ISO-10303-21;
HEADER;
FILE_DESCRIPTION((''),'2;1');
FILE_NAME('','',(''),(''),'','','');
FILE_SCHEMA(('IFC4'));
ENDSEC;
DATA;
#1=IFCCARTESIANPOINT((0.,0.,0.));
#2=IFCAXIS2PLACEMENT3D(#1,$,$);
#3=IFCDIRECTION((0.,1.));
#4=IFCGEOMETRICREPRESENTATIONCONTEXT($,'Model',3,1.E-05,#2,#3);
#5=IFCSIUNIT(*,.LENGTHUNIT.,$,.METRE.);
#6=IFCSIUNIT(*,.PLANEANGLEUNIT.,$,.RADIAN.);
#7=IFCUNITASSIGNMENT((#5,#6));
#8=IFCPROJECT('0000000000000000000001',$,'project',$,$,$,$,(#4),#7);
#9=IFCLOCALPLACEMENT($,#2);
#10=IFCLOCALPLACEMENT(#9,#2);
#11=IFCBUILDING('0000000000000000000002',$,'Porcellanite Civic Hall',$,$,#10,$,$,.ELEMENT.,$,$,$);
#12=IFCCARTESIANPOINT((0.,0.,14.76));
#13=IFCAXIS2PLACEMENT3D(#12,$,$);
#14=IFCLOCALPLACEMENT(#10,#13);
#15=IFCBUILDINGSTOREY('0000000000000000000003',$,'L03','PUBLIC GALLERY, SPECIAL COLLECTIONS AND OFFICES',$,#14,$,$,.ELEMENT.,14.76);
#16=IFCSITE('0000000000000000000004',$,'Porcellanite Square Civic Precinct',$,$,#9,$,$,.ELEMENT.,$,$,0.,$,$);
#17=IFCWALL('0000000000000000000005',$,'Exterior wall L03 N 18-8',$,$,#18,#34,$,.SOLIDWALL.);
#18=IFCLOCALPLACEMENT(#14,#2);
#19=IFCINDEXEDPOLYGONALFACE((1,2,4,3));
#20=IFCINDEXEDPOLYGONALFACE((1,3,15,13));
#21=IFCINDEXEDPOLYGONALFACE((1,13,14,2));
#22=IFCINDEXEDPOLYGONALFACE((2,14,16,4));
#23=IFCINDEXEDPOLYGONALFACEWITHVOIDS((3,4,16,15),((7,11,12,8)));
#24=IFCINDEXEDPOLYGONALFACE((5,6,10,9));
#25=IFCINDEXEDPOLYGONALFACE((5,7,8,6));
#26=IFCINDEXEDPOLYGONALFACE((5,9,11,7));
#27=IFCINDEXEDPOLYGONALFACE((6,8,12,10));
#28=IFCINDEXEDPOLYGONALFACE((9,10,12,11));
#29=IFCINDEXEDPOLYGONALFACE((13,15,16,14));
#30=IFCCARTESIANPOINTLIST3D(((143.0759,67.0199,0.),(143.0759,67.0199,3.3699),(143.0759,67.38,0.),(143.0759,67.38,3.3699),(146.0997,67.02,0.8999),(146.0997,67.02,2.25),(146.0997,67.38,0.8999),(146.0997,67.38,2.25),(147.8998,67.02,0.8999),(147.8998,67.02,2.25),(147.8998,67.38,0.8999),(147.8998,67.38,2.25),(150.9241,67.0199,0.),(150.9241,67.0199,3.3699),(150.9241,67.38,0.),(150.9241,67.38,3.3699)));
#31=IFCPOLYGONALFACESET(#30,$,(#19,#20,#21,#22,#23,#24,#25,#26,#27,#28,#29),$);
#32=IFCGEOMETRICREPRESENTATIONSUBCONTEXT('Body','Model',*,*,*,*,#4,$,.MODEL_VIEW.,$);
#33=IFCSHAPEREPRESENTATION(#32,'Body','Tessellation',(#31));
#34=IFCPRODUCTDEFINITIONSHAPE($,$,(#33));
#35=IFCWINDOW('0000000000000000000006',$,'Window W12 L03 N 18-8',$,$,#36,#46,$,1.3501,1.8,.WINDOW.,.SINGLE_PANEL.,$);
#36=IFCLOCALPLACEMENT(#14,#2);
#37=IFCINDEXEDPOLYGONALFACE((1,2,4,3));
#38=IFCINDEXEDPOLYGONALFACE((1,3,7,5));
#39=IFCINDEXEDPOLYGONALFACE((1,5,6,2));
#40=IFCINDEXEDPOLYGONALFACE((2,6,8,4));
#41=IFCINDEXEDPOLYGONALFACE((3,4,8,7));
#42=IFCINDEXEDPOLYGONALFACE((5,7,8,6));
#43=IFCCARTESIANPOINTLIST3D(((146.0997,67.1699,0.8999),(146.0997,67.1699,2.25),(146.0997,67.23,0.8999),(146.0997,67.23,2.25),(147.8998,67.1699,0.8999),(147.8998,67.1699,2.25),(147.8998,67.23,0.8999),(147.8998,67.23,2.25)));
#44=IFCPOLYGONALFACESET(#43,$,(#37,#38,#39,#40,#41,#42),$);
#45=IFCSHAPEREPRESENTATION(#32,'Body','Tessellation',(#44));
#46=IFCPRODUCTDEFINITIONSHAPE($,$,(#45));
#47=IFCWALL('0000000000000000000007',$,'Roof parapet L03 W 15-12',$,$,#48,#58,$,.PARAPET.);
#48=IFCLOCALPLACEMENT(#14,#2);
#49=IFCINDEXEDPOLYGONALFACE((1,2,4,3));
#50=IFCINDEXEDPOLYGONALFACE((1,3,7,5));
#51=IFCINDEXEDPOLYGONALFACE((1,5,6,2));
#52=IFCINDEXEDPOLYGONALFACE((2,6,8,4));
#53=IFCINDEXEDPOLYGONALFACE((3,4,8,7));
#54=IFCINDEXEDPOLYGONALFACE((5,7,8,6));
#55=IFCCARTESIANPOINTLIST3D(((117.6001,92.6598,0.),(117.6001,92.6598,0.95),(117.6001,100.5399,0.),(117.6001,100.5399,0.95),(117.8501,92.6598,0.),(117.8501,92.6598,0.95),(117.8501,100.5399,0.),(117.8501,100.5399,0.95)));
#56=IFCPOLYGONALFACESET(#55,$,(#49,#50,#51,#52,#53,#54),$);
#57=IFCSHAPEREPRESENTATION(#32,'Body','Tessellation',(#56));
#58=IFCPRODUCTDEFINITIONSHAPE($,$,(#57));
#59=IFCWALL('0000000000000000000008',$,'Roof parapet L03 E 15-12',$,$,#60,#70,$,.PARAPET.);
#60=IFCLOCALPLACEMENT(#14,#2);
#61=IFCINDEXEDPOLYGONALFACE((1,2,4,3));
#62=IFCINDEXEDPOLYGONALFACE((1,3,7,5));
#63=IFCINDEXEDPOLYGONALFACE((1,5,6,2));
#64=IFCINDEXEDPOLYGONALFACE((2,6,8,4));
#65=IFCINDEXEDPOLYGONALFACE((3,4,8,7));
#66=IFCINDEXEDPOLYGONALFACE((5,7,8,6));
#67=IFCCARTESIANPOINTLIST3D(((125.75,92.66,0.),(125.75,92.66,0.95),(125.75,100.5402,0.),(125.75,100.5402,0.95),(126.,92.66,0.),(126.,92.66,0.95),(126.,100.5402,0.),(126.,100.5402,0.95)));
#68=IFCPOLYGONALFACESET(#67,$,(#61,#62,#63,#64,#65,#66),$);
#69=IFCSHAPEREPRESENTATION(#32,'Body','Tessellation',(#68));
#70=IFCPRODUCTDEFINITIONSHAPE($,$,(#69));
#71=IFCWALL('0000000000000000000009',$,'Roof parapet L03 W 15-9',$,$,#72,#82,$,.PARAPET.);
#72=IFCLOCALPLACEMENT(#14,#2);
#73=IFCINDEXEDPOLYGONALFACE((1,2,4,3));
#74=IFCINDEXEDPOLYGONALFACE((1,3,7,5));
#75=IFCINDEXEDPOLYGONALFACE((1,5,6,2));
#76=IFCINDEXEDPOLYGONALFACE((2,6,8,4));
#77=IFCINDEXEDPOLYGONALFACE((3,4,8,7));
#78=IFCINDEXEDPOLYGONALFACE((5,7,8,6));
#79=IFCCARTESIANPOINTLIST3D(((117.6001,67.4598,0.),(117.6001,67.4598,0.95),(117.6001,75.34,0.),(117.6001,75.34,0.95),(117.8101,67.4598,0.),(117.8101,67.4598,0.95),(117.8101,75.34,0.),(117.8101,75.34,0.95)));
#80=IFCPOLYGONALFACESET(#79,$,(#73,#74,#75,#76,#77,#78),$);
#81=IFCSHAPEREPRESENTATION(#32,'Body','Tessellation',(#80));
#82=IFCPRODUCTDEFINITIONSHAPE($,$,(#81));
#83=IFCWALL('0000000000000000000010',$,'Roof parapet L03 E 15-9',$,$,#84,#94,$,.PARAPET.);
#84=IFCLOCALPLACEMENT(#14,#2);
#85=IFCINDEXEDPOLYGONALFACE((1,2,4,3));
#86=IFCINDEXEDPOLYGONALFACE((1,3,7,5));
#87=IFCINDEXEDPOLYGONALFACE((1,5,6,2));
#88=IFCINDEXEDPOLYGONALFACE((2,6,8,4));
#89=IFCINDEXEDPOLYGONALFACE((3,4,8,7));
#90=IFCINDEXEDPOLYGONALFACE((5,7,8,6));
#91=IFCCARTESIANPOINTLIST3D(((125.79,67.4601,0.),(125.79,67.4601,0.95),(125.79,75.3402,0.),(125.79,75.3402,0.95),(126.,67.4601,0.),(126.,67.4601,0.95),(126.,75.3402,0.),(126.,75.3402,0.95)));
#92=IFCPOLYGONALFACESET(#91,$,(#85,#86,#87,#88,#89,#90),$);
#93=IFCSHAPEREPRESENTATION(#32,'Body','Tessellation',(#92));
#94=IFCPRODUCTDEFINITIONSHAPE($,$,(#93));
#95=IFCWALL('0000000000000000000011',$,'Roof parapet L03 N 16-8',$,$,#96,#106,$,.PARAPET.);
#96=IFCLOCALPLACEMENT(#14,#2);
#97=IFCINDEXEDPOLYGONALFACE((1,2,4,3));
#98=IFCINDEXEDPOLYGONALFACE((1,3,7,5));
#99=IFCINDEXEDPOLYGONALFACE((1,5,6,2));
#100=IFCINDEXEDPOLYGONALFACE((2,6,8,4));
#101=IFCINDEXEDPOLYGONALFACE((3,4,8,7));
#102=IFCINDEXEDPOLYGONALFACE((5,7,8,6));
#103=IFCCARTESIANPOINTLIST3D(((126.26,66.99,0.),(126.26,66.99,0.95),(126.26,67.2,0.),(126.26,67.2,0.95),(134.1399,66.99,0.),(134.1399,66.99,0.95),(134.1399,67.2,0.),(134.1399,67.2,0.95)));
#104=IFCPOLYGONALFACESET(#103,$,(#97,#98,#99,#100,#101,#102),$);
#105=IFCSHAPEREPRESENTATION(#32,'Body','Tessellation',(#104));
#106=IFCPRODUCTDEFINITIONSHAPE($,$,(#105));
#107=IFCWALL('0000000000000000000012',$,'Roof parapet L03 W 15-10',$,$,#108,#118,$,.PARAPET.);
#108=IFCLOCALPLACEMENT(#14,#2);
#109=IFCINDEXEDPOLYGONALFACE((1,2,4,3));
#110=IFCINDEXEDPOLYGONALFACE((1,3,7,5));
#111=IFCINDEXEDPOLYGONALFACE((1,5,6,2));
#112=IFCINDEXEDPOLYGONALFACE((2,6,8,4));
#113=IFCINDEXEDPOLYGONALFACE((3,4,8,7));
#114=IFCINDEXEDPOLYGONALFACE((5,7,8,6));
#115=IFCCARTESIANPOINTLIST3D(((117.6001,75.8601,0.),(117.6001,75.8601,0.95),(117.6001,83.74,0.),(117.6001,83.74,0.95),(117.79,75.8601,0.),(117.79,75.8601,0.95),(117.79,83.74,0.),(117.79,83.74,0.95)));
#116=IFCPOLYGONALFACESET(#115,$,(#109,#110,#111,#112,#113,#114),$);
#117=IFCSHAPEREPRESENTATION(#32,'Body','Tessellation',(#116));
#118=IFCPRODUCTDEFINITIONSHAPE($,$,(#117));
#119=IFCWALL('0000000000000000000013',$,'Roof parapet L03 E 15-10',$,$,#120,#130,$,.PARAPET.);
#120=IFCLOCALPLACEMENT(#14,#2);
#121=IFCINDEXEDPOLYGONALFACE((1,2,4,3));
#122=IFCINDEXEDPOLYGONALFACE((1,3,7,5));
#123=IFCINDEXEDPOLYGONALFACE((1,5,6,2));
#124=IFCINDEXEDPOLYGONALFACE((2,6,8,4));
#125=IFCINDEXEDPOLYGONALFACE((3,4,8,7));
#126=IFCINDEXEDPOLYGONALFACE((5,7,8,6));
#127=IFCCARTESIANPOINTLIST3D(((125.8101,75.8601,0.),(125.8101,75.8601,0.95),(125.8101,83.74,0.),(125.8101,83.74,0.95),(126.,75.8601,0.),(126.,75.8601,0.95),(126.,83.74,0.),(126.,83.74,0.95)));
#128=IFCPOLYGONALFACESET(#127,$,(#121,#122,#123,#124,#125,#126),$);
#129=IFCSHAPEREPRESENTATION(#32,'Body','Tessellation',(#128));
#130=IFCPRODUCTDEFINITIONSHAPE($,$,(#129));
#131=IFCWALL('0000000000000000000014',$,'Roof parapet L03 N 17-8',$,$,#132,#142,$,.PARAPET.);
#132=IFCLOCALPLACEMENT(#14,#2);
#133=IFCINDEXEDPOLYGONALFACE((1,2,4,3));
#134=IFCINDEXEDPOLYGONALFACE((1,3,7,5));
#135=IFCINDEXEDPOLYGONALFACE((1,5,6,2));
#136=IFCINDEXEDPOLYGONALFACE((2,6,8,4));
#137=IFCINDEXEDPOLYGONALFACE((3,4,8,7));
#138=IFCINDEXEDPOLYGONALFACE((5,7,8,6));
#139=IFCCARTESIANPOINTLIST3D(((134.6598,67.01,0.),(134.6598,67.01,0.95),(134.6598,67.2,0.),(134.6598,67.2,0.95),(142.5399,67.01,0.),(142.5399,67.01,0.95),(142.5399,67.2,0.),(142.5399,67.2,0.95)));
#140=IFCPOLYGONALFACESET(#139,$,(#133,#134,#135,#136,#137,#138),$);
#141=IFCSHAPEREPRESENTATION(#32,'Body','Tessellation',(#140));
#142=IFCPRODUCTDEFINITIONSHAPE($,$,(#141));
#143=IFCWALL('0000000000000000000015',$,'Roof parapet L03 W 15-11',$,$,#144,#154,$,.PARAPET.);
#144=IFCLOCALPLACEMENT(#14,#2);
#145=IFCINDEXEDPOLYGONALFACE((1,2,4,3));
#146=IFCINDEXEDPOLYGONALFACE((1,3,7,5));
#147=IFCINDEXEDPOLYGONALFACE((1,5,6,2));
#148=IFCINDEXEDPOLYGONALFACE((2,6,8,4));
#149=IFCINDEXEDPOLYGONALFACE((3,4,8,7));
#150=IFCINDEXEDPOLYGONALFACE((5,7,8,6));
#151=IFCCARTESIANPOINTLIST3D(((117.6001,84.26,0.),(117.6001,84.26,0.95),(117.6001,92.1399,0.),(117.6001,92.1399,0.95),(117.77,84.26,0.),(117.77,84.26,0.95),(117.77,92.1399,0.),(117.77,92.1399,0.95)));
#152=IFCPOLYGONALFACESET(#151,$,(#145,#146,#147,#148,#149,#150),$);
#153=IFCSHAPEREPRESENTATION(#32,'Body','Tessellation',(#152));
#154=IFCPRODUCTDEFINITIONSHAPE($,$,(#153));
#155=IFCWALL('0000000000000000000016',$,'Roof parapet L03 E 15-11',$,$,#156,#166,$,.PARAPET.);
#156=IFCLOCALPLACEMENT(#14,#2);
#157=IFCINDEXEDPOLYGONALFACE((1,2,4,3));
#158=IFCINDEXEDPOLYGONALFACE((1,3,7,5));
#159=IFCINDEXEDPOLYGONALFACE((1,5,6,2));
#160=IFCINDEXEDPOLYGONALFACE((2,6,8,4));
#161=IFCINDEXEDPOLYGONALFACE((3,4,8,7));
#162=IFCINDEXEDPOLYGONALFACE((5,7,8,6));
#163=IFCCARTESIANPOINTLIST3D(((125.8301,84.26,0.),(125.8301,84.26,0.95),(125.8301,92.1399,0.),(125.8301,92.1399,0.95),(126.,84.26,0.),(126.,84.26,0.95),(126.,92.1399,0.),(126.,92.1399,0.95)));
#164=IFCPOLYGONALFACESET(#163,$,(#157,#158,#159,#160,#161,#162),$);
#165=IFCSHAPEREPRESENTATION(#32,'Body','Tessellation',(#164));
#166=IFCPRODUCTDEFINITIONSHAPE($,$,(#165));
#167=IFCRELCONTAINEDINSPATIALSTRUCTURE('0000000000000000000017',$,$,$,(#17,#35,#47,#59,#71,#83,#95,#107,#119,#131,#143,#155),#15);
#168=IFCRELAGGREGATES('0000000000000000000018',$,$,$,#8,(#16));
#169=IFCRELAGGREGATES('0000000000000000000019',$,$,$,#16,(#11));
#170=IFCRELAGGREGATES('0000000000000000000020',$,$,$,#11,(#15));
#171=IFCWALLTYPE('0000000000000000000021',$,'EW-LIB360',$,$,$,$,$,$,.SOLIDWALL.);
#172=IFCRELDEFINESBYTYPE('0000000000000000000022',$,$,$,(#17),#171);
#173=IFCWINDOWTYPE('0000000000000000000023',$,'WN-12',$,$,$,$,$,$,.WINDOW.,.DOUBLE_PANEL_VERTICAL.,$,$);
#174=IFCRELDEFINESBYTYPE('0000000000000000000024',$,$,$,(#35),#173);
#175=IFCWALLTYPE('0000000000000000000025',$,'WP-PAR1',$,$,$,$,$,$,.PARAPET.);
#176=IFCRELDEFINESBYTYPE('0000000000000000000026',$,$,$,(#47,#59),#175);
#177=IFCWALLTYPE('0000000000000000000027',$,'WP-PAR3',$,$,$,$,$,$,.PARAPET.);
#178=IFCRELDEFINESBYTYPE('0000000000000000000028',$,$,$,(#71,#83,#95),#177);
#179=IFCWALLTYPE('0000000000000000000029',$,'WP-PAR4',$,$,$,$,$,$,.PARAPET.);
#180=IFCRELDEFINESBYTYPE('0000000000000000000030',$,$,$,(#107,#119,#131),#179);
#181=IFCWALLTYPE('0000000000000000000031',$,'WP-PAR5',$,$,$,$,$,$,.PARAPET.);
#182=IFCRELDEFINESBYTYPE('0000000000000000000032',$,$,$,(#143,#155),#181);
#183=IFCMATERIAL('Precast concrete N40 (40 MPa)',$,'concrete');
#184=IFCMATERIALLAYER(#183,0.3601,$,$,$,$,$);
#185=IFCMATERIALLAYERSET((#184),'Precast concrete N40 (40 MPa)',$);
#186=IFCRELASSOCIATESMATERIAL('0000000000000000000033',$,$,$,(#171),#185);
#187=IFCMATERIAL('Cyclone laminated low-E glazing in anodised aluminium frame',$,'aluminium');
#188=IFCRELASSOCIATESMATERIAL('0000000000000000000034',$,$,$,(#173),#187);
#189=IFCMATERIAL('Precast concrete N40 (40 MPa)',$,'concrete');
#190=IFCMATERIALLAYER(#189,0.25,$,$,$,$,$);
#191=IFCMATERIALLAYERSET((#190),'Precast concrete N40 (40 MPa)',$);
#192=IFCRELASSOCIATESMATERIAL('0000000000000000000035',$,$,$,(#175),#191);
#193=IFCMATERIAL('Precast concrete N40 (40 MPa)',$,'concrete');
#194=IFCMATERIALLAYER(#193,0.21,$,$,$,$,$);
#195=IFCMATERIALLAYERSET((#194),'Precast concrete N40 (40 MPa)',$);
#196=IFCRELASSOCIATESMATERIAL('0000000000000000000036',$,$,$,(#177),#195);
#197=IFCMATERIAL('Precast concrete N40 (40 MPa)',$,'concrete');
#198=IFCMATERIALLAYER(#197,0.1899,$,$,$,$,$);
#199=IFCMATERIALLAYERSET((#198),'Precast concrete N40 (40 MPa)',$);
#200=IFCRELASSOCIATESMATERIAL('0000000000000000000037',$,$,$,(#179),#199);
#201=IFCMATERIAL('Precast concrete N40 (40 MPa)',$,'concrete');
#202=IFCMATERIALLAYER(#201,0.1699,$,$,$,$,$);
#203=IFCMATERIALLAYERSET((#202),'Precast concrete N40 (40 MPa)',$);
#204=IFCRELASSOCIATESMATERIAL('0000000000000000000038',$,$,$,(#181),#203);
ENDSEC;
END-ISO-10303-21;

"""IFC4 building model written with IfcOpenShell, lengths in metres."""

from ifc_helpers import new_model, si_unit, direction, frame, frame_2d, origin, place, context, subcontext, project, spatial, rectangle, extrude, material, layer, layer_set, type_object, element, fill, save


model = new_model("IFC4")

# Units and contexts
model_context = context("Model", 3, precision=1e-05, world=origin(), true_north=direction((0.0, 1.0)))
body_context = subcontext(model_context, "Body", "Model", "MODEL_VIEW")
ifc_project = project(units=[si_unit("LENGTHUNIT", "METRE"), si_unit("PLANEANGLEUNIT", "RADIAN")], contexts=[model_context])

# Site, building, storey
site_placement = place(None, origin())
site = spatial("IfcSite", under=ifc_project, at=site_placement, Name="Porcellanite Square Civic Precinct", CompositionType="ELEMENT", RefElevation=0.0)
building_placement = place(site_placement, origin())
building = spatial("IfcBuilding", under=site, at=building_placement, Name="Porcellanite Civic Hall", CompositionType="ELEMENT")
storey_placement = place(building_placement, frame((0.0, 0.0, 14.76)))
storey = spatial("IfcBuildingStorey", under=building, at=storey_placement, Name="L03", Description="PUBLIC GALLERY, SPECIAL COLLECTIONS AND OFFICES", CompositionType="ELEMENT", Elevation=14.76)

# Wall, opening, window
ifc_material_1 = material(Name="Precast concrete N40 (40 MPa)", Category="concrete")
ifc_layer_1 = layer(ifc_material_1, 0.3601)
ifc_layer_set_1 = layer_set([ifc_layer_1], Name="Precast concrete N40 (40 MPa)")
wall_type_1 = type_object("IfcWallType", Name="EW-LIB360", PredefinedType="SOLIDWALL", material=ifc_layer_set_1)
wall_1_placement = place(storey_placement, frame((143.0759, 67.2, 0.0), z_axis=(0.0, 0.0, 1.0), x_axis=(1.0, 0.0, 0.0)))
wall_1 = element("IfcWall", 1, at=wall_1_placement, inside=storey, type_object=wall_type_1, Name="Exterior wall L03 N 18-8", PredefinedType="SOLIDWALL", context=body_context, shape_type="SweptSolid", body=[
    extrude(rectangle(XDim=7.8481, YDim=0.3601, at=frame_2d((3.9241, 0.0))), origin(), (0.0, 0.0, 1.0), 3.3699),
])
opening_1_placement = place(wall_1_placement, frame((3.0239, 0.0, 0.8999)))
opening_1 = element("IfcOpeningElement", 2, at=opening_1_placement, cuts=wall_1, PredefinedType="OPENING", context=body_context, shape_type="SweptSolid", body=[
    extrude(rectangle(XDim=1.8, YDim=1.3501, at=frame_2d((0.8999, 0.675))), frame((0.0, 0.1802, 0.0), z_axis=(0.0, -1.0, 0.0), x_axis=(1.0, 0.0, 0.0)), (0.0, 0.0, 1.0), 0.3601),
])
ifc_material_2 = material(Name="Cyclone laminated low-E glazing in anodised aluminium frame", Category="aluminium")
window_type_1 = type_object("IfcWindowType", Name="WN-12", PartitioningType="DOUBLE_PANEL_VERTICAL", PredefinedType="WINDOW", material=ifc_material_2)
window_1_placement = place(opening_1_placement, origin())
window_1 = element("IfcWindow", 3, at=window_1_placement, inside=storey, type_object=window_type_1, Name="Window W12 L03 N 18-8", OverallHeight=1.3501, OverallWidth=1.8, PartitioningType="SINGLE_PANEL", PredefinedType="WINDOW", context=body_context, shape_type="SweptSolid", body=[
    extrude(rectangle(XDim=1.8, YDim=1.3501, at=frame_2d((0.8999, 0.675))), frame((0.0, 0.03, 0.0), z_axis=(0.0, -1.0, 0.0), x_axis=(1.0, 0.0, 0.0)), (0.0, 0.0, 1.0), 0.0601),
])
fill(opening_1, window_1)

# Walls
ifc_material_3 = material(Name="Precast concrete N40 (40 MPa)", Category="concrete")
ifc_layer_2 = layer(ifc_material_3, 0.25)
ifc_layer_set_2 = layer_set([ifc_layer_2], Name="Precast concrete N40 (40 MPa)")
wall_type_2 = type_object("IfcWallType", Name="WP-PAR1", PredefinedType="PARAPET", material=ifc_layer_set_2)
for number, where, z_axis, x_axis, name in (
    (4, (117.7251, 92.6599, 0.0), (0.0, 0.0, 1.0), (0.0, 1.0, 0.0), "Roof parapet L03 W 15-12"),
    (5, (125.875, 100.54, 0.0), (0.0, 0.0, 1.0), (0.0, -1.0, 0.0), "Roof parapet L03 E 15-12"),
):
    element("IfcWall", number, at=place(storey_placement, frame(where, z_axis=z_axis, x_axis=x_axis)), inside=storey, type_object=wall_type_2, Name=name, PredefinedType="PARAPET", context=body_context, shape_type="SweptSolid", body=[
        extrude(rectangle(XDim=7.8801, YDim=0.25, at=frame_2d((3.9399, 0.0))), origin(), (0.0, 0.0, 1.0), 0.95),
    ])
ifc_material_4 = material(Name="Precast concrete N40 (40 MPa)", Category="concrete")
ifc_layer_3 = layer(ifc_material_4, 0.21)
ifc_layer_set_3 = layer_set([ifc_layer_3], Name="Precast concrete N40 (40 MPa)")
wall_type_3 = type_object("IfcWallType", Name="WP-PAR3", PredefinedType="PARAPET", material=ifc_layer_set_3)
for number, where, z_axis, x_axis, name in (
    (6, (117.7051, 67.46, 0.0), (0.0, 0.0, 1.0), (0.0, 1.0, 0.0), "Roof parapet L03 W 15-9"),
    (7, (125.895, 75.3401, 0.0), (0.0, 0.0, 1.0), (0.0, -1.0, 0.0), "Roof parapet L03 E 15-9"),
):
    element("IfcWall", number, at=place(storey_placement, frame(where, z_axis=z_axis, x_axis=x_axis)), inside=storey, type_object=wall_type_3, Name=name, PredefinedType="PARAPET", context=body_context, shape_type="SweptSolid", body=[
        extrude(rectangle(XDim=7.8801, YDim=0.21, at=frame_2d((3.9399, 0.0))), origin(), (0.0, 0.0, 1.0), 0.95),
    ])
wall_2_placement = place(storey_placement, frame((126.26, 67.095, 0.0), z_axis=(0.0, 0.0, 1.0), x_axis=(1.0, 0.0, 0.0)))
element("IfcWall", 8, at=wall_2_placement, inside=storey, type_object=wall_type_3, Name="Roof parapet L03 N 16-8", PredefinedType="PARAPET", context=body_context, shape_type="SweptSolid", body=[
    extrude(rectangle(XDim=7.8799, YDim=0.21, at=frame_2d((3.9399, 0.0))), origin(), (0.0, 0.0, 1.0), 0.95),
])
ifc_material_5 = material(Name="Precast concrete N40 (40 MPa)", Category="concrete")
ifc_layer_4 = layer(ifc_material_5, 0.1899)
ifc_layer_set_4 = layer_set([ifc_layer_4], Name="Precast concrete N40 (40 MPa)")
wall_type_4 = type_object("IfcWallType", Name="WP-PAR4", PredefinedType="PARAPET", material=ifc_layer_set_4)
for number, where, z_axis, x_axis, name in (
    (9, (117.6951, 75.8601, 0.0), (0.0, 0.0, 1.0), (0.0, 1.0, 0.0), "Roof parapet L03 W 15-10"),
    (10, (125.905, 83.74, 0.0), (0.0, 0.0, 1.0), (0.0, -1.0, 0.0), "Roof parapet L03 E 15-10"),
):
    element("IfcWall", number, at=place(storey_placement, frame(where, z_axis=z_axis, x_axis=x_axis)), inside=storey, type_object=wall_type_4, Name=name, PredefinedType="PARAPET", context=body_context, shape_type="SweptSolid", body=[
        extrude(rectangle(XDim=7.8799, YDim=0.1899, at=frame_2d((3.9399, 0.0))), origin(), (0.0, 0.0, 1.0), 0.95),
    ])
wall_3_placement = place(storey_placement, frame((134.6599, 67.105, 0.0), z_axis=(0.0, 0.0, 1.0), x_axis=(1.0, 0.0, 0.0)))
element("IfcWall", 11, at=wall_3_placement, inside=storey, type_object=wall_type_4, Name="Roof parapet L03 N 17-8", PredefinedType="PARAPET", context=body_context, shape_type="SweptSolid", body=[
    extrude(rectangle(XDim=7.8801, YDim=0.1899, at=frame_2d((3.9399, 0.0))), origin(), (0.0, 0.0, 1.0), 0.95),
])
ifc_material_6 = material(Name="Precast concrete N40 (40 MPa)", Category="concrete")
ifc_layer_5 = layer(ifc_material_6, 0.1699)
ifc_layer_set_5 = layer_set([ifc_layer_5], Name="Precast concrete N40 (40 MPa)")
wall_type_5 = type_object("IfcWallType", Name="WP-PAR5", PredefinedType="PARAPET", material=ifc_layer_set_5)
for number, where, z_axis, x_axis, name in (
    (12, (117.6851, 84.26, 0.0), (0.0, 0.0, 1.0), (0.0, 1.0, 0.0), "Roof parapet L03 W 15-11"),
    (13, (125.915, 92.1399, 0.0), (0.0, 0.0, 1.0), (0.0, -1.0, 0.0), "Roof parapet L03 E 15-11"),
):
    element("IfcWall", number, at=place(storey_placement, frame(where, z_axis=z_axis, x_axis=x_axis)), inside=storey, type_object=wall_type_5, Name=name, PredefinedType="PARAPET", context=body_context, shape_type="SweptSolid", body=[
        extrude(rectangle(XDim=7.8799, YDim=0.1699, at=frame_2d((3.9399, 0.0))), origin(), (0.0, 0.0, 1.0), 0.95),
    ])

save(model, "model.ifc")
